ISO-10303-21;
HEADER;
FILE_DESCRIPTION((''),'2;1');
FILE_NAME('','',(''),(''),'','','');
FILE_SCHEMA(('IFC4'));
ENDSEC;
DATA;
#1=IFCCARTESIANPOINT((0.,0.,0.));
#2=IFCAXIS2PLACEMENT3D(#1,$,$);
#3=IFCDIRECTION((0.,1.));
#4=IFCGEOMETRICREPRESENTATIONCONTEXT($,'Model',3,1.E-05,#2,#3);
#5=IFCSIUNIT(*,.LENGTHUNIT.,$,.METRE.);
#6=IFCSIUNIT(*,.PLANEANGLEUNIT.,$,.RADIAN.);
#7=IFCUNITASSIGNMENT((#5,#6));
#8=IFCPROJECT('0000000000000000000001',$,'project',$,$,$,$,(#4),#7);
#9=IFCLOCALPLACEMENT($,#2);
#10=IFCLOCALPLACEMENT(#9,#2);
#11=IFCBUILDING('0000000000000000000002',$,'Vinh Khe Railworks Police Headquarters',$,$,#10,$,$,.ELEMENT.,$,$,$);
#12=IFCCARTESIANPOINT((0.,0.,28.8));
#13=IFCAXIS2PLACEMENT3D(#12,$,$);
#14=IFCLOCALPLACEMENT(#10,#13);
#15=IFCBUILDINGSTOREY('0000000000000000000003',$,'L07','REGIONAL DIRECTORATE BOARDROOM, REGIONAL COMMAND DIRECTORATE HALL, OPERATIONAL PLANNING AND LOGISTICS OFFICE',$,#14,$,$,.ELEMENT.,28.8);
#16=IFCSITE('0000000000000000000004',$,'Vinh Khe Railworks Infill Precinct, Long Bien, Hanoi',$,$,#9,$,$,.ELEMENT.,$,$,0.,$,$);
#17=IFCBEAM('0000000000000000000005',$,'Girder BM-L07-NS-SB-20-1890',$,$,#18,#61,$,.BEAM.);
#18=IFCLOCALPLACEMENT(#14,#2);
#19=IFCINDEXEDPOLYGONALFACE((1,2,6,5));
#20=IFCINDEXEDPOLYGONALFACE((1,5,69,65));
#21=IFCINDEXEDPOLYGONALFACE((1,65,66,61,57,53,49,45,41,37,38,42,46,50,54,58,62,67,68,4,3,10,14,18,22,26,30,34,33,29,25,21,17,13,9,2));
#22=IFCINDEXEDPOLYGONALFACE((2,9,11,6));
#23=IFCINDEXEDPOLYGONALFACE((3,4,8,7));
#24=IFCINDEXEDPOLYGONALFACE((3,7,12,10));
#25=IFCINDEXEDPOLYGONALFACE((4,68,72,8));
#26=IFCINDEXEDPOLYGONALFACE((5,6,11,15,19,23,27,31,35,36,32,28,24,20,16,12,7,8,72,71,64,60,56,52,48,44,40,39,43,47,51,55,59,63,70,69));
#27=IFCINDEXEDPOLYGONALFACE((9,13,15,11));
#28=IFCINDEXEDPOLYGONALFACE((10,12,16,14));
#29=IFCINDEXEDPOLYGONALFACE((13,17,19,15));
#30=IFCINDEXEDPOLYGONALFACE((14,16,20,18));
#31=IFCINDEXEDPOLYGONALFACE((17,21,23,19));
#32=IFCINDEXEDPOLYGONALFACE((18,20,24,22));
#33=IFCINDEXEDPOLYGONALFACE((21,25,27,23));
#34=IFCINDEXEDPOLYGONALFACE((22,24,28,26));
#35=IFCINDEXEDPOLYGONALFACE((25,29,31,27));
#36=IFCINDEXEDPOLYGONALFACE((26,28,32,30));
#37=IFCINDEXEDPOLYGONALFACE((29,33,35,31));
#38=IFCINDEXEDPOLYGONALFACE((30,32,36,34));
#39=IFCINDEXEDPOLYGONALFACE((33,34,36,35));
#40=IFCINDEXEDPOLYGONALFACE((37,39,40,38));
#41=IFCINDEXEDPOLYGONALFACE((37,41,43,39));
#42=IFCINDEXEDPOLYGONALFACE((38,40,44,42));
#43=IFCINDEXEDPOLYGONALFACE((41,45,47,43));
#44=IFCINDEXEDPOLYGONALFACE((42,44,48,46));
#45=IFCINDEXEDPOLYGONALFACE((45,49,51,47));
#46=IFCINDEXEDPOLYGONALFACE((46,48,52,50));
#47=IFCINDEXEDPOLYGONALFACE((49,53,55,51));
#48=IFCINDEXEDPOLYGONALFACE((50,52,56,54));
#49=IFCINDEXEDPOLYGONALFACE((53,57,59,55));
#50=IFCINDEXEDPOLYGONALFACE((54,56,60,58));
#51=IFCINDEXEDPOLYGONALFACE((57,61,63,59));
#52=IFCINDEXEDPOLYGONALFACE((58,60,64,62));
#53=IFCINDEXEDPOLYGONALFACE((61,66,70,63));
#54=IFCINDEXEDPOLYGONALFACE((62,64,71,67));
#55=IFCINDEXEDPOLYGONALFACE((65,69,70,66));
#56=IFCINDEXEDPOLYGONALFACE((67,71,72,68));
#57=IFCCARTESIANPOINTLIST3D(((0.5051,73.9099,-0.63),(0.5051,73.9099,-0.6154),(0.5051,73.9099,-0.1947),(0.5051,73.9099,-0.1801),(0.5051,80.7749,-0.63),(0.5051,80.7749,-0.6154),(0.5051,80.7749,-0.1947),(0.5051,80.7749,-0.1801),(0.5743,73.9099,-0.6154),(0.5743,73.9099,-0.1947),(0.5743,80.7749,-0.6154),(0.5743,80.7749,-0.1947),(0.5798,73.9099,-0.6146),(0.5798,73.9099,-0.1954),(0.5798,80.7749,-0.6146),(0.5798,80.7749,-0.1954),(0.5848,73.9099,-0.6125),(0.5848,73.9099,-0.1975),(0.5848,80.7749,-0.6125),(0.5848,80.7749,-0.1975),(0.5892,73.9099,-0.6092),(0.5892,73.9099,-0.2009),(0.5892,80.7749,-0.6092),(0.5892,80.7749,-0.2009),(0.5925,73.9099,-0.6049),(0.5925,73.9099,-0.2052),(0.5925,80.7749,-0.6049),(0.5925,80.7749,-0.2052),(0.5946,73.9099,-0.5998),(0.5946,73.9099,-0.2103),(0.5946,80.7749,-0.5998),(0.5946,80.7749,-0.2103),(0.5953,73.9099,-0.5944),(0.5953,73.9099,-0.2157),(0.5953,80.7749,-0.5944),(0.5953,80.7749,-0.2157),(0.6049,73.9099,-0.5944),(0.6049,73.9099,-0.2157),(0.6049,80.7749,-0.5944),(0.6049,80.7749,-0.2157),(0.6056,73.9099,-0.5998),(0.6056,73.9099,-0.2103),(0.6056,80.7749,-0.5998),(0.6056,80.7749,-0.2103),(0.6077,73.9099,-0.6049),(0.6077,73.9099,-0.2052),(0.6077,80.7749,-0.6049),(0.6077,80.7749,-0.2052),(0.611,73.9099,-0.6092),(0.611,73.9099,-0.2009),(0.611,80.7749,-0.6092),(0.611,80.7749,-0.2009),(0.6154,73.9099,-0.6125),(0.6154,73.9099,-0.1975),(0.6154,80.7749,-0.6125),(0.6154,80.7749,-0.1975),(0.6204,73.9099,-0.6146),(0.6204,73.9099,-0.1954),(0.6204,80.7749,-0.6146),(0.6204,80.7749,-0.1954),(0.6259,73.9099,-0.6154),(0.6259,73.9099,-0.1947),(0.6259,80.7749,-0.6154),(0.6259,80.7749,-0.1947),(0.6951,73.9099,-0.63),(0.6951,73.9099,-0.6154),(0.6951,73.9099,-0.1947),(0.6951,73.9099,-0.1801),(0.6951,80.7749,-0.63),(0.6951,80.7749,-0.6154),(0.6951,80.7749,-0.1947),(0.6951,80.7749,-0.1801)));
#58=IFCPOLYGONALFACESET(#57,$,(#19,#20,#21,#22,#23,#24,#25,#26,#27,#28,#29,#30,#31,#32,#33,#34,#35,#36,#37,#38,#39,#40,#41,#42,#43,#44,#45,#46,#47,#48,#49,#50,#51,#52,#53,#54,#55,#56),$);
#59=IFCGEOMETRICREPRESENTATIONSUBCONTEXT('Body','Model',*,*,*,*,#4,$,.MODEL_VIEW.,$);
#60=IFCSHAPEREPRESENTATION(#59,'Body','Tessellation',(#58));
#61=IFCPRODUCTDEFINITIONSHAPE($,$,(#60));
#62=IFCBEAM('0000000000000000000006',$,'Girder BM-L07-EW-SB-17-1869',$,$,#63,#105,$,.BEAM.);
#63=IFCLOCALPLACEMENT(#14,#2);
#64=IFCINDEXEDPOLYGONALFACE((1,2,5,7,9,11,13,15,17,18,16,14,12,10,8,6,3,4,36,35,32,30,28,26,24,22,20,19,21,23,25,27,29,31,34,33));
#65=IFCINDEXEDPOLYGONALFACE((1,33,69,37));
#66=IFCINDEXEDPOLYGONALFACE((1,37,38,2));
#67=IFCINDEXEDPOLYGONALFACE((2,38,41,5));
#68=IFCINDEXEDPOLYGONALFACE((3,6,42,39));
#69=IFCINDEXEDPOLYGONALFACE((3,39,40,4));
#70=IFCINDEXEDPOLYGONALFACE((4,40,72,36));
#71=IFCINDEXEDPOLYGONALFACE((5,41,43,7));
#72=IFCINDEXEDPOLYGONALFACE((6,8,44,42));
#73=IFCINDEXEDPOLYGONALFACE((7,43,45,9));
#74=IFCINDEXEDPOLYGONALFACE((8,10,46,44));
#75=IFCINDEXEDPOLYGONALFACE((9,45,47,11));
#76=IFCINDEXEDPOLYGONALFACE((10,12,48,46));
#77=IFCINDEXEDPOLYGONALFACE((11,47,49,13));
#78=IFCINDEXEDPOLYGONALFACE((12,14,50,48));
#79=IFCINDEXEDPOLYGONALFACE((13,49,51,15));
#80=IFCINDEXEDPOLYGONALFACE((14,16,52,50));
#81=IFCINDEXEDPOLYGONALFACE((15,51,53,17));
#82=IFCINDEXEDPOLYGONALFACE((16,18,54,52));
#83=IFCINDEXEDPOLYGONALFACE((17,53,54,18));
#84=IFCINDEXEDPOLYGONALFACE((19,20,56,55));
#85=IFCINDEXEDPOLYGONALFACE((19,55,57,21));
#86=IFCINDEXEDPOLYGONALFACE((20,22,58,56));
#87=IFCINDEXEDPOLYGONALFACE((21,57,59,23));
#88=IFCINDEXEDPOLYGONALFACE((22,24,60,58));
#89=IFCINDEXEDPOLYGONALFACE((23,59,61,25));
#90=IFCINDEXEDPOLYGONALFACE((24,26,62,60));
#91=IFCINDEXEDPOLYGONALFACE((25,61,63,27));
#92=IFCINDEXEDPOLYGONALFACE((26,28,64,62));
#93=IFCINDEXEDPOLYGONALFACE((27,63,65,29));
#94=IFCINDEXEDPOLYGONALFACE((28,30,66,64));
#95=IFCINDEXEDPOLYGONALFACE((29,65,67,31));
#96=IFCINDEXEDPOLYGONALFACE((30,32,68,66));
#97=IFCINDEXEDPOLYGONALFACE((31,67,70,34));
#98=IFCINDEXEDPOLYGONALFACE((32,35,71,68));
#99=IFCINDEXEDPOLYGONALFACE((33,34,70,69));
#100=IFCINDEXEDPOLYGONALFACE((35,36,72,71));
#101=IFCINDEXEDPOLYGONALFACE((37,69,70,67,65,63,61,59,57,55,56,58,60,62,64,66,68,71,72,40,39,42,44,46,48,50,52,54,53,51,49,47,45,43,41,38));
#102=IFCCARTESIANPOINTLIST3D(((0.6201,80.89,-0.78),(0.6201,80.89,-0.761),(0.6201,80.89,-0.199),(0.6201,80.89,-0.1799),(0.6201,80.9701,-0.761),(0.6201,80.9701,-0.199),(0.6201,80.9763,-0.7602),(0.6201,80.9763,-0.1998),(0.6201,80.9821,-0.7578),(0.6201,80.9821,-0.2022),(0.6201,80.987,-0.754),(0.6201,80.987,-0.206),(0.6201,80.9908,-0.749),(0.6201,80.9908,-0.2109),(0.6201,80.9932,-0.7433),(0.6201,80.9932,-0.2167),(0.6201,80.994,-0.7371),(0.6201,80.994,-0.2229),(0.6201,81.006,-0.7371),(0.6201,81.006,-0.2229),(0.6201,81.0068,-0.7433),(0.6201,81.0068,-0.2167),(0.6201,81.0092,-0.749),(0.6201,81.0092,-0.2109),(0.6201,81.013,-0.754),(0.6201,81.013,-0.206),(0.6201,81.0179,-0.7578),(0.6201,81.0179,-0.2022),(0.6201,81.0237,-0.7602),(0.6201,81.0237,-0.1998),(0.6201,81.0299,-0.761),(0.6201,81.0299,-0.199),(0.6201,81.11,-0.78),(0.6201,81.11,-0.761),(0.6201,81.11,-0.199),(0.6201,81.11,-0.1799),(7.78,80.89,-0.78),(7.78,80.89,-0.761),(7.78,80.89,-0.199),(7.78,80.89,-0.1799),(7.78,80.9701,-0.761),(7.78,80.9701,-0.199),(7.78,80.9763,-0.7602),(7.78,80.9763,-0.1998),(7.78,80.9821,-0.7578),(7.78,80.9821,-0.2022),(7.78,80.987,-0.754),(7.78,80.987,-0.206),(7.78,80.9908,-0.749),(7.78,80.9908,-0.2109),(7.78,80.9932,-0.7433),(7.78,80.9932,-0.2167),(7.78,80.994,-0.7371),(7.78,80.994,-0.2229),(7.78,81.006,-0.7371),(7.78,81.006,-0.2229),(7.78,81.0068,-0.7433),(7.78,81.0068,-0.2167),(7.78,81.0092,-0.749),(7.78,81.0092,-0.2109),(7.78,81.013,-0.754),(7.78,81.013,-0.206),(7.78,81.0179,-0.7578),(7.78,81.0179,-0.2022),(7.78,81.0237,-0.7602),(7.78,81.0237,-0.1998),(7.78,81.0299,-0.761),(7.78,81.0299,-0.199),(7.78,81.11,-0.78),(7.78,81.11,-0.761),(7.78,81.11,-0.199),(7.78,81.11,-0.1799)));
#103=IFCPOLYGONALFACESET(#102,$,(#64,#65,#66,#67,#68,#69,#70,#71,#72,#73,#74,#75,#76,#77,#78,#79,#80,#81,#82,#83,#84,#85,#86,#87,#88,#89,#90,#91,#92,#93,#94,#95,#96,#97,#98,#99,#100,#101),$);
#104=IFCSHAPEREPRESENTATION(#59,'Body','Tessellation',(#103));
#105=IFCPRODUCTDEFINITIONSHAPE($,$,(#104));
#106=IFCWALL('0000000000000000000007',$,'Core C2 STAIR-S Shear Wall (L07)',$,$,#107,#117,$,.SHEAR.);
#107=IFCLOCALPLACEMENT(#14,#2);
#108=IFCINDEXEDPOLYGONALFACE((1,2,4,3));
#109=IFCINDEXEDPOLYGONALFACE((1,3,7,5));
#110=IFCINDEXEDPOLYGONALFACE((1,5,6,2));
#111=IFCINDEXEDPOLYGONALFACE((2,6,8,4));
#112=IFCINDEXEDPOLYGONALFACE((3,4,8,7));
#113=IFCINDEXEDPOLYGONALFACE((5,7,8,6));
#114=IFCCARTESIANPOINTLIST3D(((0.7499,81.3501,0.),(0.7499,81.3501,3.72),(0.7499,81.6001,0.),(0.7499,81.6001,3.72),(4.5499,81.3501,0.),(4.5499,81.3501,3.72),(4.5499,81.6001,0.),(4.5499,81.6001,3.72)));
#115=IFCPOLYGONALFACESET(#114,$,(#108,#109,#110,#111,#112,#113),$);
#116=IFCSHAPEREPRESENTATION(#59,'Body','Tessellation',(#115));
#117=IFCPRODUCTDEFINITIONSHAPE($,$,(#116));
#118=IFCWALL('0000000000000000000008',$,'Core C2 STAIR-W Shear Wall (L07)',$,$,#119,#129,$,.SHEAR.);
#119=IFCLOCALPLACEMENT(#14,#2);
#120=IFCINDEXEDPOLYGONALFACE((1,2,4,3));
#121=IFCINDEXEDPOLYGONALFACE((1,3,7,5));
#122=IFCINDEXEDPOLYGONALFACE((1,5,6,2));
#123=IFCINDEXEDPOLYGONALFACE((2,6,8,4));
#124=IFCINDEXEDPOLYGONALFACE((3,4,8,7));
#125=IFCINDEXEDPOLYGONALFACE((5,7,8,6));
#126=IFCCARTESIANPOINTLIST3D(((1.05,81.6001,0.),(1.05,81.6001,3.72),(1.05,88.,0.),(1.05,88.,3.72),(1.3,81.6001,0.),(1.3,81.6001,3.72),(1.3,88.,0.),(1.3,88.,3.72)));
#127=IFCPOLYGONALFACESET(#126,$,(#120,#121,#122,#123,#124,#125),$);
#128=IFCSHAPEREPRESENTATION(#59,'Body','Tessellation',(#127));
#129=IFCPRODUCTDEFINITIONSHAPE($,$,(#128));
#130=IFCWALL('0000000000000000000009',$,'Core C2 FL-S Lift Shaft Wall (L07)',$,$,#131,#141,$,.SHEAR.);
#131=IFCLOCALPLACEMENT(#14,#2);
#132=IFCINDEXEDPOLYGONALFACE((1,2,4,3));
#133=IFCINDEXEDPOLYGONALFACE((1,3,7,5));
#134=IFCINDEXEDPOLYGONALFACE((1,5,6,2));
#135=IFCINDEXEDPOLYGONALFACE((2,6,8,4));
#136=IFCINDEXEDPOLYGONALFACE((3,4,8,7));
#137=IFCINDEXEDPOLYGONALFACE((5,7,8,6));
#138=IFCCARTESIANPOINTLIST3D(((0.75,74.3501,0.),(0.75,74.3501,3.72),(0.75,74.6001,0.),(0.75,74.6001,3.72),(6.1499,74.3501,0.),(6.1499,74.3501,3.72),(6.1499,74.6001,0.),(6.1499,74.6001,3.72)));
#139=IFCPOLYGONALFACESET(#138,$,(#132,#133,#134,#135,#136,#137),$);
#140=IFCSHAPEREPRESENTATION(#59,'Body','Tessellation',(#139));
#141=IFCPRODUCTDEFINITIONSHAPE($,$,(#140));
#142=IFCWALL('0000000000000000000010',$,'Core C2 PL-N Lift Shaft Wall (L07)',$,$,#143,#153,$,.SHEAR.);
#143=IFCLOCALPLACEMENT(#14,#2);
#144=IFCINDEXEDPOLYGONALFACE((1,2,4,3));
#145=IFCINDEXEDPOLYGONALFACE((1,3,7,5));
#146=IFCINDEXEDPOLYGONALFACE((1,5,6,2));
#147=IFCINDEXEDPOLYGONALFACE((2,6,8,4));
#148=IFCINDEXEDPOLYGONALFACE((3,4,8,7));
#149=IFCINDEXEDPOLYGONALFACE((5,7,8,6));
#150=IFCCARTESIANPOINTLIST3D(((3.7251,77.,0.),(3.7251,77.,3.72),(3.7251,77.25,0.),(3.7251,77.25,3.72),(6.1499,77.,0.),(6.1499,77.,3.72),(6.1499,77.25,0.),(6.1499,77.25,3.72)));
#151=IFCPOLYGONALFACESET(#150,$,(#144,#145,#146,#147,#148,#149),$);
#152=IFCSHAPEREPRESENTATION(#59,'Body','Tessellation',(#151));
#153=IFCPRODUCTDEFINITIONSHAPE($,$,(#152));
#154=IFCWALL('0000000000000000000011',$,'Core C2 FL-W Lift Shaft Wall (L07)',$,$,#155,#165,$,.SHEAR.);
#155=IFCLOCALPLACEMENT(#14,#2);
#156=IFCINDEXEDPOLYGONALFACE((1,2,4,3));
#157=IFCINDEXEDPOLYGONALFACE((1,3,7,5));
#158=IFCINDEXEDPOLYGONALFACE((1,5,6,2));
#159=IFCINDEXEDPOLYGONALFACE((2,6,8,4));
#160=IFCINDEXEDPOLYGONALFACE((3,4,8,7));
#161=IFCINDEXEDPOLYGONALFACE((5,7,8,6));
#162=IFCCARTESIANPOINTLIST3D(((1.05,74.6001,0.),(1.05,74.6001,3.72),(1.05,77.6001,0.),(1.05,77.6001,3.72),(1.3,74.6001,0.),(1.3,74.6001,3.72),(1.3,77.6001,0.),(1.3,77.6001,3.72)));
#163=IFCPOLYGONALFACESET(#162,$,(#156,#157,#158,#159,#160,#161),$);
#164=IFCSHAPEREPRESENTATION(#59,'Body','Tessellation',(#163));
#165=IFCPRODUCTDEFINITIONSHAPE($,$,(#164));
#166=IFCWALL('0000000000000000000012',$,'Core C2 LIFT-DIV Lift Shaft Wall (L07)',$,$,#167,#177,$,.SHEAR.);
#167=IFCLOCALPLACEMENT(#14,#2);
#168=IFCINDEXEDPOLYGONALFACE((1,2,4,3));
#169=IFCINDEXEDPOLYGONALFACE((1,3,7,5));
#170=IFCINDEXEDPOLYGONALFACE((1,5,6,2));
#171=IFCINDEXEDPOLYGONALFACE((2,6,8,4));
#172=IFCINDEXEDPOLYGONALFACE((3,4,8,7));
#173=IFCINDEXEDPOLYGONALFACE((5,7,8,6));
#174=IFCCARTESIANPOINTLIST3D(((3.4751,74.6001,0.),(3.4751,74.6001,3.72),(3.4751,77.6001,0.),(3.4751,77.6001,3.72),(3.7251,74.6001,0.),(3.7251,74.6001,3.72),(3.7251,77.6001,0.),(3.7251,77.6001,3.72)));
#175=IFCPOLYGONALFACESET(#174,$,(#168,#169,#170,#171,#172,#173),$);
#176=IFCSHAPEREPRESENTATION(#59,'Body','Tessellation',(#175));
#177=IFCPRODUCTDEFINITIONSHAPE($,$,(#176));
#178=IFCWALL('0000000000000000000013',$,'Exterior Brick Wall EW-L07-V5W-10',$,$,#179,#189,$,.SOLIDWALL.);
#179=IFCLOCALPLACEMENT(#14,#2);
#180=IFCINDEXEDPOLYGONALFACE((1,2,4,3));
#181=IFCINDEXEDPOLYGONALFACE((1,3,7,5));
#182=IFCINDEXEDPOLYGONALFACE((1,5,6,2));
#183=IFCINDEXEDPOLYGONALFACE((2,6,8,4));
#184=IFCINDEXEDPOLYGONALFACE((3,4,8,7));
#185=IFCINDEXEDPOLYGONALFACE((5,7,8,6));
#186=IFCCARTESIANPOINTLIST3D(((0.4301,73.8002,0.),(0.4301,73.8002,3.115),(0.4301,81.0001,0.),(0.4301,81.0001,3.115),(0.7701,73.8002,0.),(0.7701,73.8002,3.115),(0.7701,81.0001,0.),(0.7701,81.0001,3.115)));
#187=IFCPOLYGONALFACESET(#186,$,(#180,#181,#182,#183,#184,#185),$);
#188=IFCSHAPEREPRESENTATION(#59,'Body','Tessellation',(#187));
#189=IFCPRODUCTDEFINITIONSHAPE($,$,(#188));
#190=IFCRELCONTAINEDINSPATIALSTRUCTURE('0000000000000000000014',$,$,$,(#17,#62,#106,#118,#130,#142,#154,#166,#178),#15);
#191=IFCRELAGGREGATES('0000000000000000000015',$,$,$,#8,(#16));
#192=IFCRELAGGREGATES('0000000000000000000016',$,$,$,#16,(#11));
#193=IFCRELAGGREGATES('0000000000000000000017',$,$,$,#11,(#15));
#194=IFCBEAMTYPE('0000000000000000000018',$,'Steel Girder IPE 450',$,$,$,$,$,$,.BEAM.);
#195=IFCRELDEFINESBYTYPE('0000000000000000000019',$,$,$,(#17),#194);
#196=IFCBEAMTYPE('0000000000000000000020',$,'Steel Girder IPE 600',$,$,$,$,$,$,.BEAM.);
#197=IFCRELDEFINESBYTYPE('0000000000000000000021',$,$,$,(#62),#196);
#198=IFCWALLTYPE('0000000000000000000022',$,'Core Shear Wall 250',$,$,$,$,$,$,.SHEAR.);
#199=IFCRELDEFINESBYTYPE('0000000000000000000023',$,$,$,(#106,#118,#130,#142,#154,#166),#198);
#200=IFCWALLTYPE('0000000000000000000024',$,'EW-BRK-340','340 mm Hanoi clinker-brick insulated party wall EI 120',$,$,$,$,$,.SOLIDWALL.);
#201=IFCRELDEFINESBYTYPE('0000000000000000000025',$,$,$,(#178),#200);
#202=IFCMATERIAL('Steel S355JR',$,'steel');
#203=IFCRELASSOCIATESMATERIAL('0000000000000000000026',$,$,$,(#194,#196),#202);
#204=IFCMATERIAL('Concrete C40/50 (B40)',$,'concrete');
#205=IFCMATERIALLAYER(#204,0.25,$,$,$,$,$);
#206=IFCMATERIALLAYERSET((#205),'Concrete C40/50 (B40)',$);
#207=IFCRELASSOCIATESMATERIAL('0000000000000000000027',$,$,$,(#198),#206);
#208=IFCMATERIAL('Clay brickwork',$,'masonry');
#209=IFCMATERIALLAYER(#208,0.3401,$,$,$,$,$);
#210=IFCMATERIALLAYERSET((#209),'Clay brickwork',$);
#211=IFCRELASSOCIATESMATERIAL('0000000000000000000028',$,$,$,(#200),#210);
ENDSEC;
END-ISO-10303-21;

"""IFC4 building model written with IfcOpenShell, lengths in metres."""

from ifc_helpers import new_model, si_unit, direction, frame, frame_2d, origin, origin_2d, place, context, subcontext, project, spatial, rectangle, i_section, extrude, material, layer, layer_set, material_profile, profile_set, type_object, element, save


model = new_model("IFC4")

# Units and contexts
model_context = context("Model", 3, precision=1e-05, world=origin(), true_north=direction((0.0, 1.0)))
body_context = subcontext(model_context, "Body", "Model", "MODEL_VIEW")
ifc_project = project(units=[si_unit("LENGTHUNIT", "METRE"), si_unit("PLANEANGLEUNIT", "RADIAN")], contexts=[model_context])

# Site, building, storey
site_placement = place(None, origin())
site = spatial("IfcSite", under=ifc_project, at=site_placement, Name="Vinh Khe Railworks Infill Precinct, Long Bien, Hanoi", CompositionType="ELEMENT", RefElevation=0.0)
building_placement = place(site_placement, origin())
building = spatial("IfcBuilding", under=site, at=building_placement, Name="Vinh Khe Railworks Police Headquarters", CompositionType="ELEMENT")
storey_placement = place(building_placement, frame((0.0, 0.0, 28.8)))
storey = spatial("IfcBuildingStorey", under=building, at=storey_placement, Name="L07", Description="REGIONAL DIRECTORATE BOARDROOM, REGIONAL COMMAND DIRECTORATE HALL, OPERATIONAL PLANNING AND LOGISTICS OFFICE", CompositionType="ELEMENT", Elevation=28.8)

# Shared definitions
ifc_material_1 = material(Name="Steel S355JR", Category="steel")

# Beams
ifc_material_profile_1 = material_profile(ifc_material_1, i_section(OverallWidth=0.1899, OverallDepth=0.45, WebThickness=0.0095, FlangeThickness=0.0146, FilletRadius=0.021, at=origin_2d()), Name="IPE 450")
ifc_profile_set_1 = profile_set([ifc_material_profile_1], Name="Steel S355JR")
beam_type_1 = type_object("IfcBeamType", Name="Steel Girder IPE 450", PredefinedType="BEAM", material=ifc_profile_set_1)
beam_1_placement = place(storey_placement, frame((0.6001, 73.9099, -0.405), z_axis=(0.0, 1.0, 0.0), x_axis=(-1.0, 0.0, 0.0)))
element("IfcBeam", 1, at=beam_1_placement, inside=storey, type_object=beam_type_1, Name="Girder BM-L07-NS-SB-20-1890", PredefinedType="BEAM", context=body_context, shape_type="SweptSolid", body=[
    extrude(i_section(OverallWidth=0.1899, OverallDepth=0.45, WebThickness=0.0095, FlangeThickness=0.0146, FilletRadius=0.021, at=origin_2d()), origin(), (0.0, 0.0, 1.0), 6.865),
])
ifc_material_profile_2 = material_profile(ifc_material_1, i_section(OverallWidth=0.22, OverallDepth=0.6001, WebThickness=0.012, FlangeThickness=0.019, FilletRadius=0.0239, at=origin_2d()), Name="IPE 600")
ifc_profile_set_2 = profile_set([ifc_material_profile_2], Name="Steel S355JR")
beam_type_2 = type_object("IfcBeamType", Name="Steel Girder IPE 600", PredefinedType="BEAM", material=ifc_profile_set_2)
beam_2_placement = place(storey_placement, frame((0.6201, 81.0, -0.48), z_axis=(1.0, 0.0, 0.0), x_axis=(0.0, 1.0, 0.0)))
element("IfcBeam", 2, at=beam_2_placement, inside=storey, type_object=beam_type_2, Name="Girder BM-L07-EW-SB-17-1869", PredefinedType="BEAM", context=body_context, shape_type="SweptSolid", body=[
    extrude(i_section(OverallWidth=0.22, OverallDepth=0.6001, WebThickness=0.012, FlangeThickness=0.019, FilletRadius=0.0239, at=origin_2d()), origin(), (0.0, 0.0, 1.0), 7.1599),
])

# Walls
ifc_material_2 = material(Name="Concrete C40/50 (B40)", Category="concrete")
ifc_layer_1 = layer(ifc_material_2, 0.25)
ifc_layer_set_1 = layer_set([ifc_layer_1], Name="Concrete C40/50 (B40)")
wall_type_1 = type_object("IfcWallType", Name="Core Shear Wall 250", PredefinedType="SHEAR", material=ifc_layer_set_1)
wall_1_placement = place(storey_placement, frame((0.75, 81.4751, 0.0), z_axis=(0.0, 0.0, 1.0), x_axis=(1.0, 0.0, 0.0)))
element("IfcWall", 3, at=wall_1_placement, inside=storey, type_object=wall_type_1, Name="Core C2 STAIR-S Shear Wall (L07)", PredefinedType="SHEAR", context=body_context, shape_type="SweptSolid", body=[
    extrude(rectangle(XDim=3.8, YDim=0.25, at=frame_2d((1.8999, 0.0))), origin(), (0.0, 0.0, 1.0), 3.72),
])
wall_2_placement = place(storey_placement, frame((1.175, 81.6001, 0.0), z_axis=(0.0, 0.0, 1.0), x_axis=(0.0, 1.0, 0.0)))
element("IfcWall", 4, at=wall_2_placement, inside=storey, type_object=wall_type_1, Name="Core C2 STAIR-W Shear Wall (L07)", PredefinedType="SHEAR", context=body_context, shape_type="SweptSolid", body=[
    extrude(rectangle(XDim=6.3999, YDim=0.25, at=frame_2d((3.2, 0.0))), origin(), (0.0, 0.0, 1.0), 3.72),
])

# Wall
wall_3_placement = place(storey_placement, frame((0.75, 74.4751, 0.0), z_axis=(0.0, 0.0, 1.0), x_axis=(1.0, 0.0, 0.0)))
element("IfcWall", 5, at=wall_3_placement, inside=storey, type_object=wall_type_1, Name="Core C2 FL-S Lift Shaft Wall (L07)", PredefinedType="SHEAR", context=body_context, shape_type="SweptSolid", body=[
    extrude(rectangle(XDim=5.3999, YDim=0.25, at=frame_2d((2.7, 0.0))), origin(), (0.0, 0.0, 1.0), 3.72),
])

# Walls
wall_4_placement = place(storey_placement, frame((3.7251, 77.125, 0.0), z_axis=(0.0, 0.0, 1.0), x_axis=(1.0, 0.0, 0.0)))
element("IfcWall", 6, at=wall_4_placement, inside=storey, type_object=wall_type_1, Name="Core C2 PL-N Lift Shaft Wall (L07)", PredefinedType="SHEAR", context=body_context, shape_type="SweptSolid", body=[
    extrude(rectangle(XDim=2.4248, YDim=0.25, at=frame_2d((1.2124, 0.0))), origin(), (0.0, 0.0, 1.0), 3.72),
])
for number, where, z_axis, x_axis, name in (
    (7, (1.175, 74.6001, 0.0), (0.0, 0.0, 1.0), (0.0, 1.0, 0.0), "Core C2 FL-W Lift Shaft Wall (L07)"),
    (8, (3.6001, 74.6001, 0.0), (0.0, 0.0, 1.0), (0.0, 1.0, 0.0), "Core C2 LIFT-DIV Lift Shaft Wall (L07)"),
):
    element("IfcWall", number, at=place(storey_placement, frame(where, z_axis=z_axis, x_axis=x_axis)), inside=storey, type_object=wall_type_1, Name=name, PredefinedType="SHEAR", context=body_context, shape_type="SweptSolid", body=[
        extrude(rectangle(XDim=3.0, YDim=0.25, at=frame_2d((1.5, 0.0))), origin(), (0.0, 0.0, 1.0), 3.72),
    ])

# Wall
ifc_material_3 = material(Name="Clay brickwork", Category="masonry")
ifc_layer_2 = layer(ifc_material_3, 0.3401)
ifc_layer_set_2 = layer_set([ifc_layer_2], Name="Clay brickwork")
wall_type_2 = type_object("IfcWallType", Name="EW-BRK-340", Description="340 mm Hanoi clinker-brick insulated party wall EI 120", PredefinedType="SOLIDWALL", material=ifc_layer_set_2)
for number, where, z_axis, x_axis, name in (
    (9, (0.6001, 73.8, 0.0), (0.0, 0.0, 1.0), (0.0, 1.0, 0.0), "Exterior Brick Wall EW-L07-V5W-10"),
):
    element("IfcWall", number, at=place(storey_placement, frame(where, z_axis=z_axis, x_axis=x_axis)), inside=storey, type_object=wall_type_2, Name=name, PredefinedType="SOLIDWALL", context=body_context, shape_type="SweptSolid", body=[
        extrude(rectangle(XDim=7.2, YDim=0.3401, at=frame_2d((3.6001, 0.0))), origin(), (0.0, 0.0, 1.0), 3.115),
    ])

save(model, "model.ifc")
